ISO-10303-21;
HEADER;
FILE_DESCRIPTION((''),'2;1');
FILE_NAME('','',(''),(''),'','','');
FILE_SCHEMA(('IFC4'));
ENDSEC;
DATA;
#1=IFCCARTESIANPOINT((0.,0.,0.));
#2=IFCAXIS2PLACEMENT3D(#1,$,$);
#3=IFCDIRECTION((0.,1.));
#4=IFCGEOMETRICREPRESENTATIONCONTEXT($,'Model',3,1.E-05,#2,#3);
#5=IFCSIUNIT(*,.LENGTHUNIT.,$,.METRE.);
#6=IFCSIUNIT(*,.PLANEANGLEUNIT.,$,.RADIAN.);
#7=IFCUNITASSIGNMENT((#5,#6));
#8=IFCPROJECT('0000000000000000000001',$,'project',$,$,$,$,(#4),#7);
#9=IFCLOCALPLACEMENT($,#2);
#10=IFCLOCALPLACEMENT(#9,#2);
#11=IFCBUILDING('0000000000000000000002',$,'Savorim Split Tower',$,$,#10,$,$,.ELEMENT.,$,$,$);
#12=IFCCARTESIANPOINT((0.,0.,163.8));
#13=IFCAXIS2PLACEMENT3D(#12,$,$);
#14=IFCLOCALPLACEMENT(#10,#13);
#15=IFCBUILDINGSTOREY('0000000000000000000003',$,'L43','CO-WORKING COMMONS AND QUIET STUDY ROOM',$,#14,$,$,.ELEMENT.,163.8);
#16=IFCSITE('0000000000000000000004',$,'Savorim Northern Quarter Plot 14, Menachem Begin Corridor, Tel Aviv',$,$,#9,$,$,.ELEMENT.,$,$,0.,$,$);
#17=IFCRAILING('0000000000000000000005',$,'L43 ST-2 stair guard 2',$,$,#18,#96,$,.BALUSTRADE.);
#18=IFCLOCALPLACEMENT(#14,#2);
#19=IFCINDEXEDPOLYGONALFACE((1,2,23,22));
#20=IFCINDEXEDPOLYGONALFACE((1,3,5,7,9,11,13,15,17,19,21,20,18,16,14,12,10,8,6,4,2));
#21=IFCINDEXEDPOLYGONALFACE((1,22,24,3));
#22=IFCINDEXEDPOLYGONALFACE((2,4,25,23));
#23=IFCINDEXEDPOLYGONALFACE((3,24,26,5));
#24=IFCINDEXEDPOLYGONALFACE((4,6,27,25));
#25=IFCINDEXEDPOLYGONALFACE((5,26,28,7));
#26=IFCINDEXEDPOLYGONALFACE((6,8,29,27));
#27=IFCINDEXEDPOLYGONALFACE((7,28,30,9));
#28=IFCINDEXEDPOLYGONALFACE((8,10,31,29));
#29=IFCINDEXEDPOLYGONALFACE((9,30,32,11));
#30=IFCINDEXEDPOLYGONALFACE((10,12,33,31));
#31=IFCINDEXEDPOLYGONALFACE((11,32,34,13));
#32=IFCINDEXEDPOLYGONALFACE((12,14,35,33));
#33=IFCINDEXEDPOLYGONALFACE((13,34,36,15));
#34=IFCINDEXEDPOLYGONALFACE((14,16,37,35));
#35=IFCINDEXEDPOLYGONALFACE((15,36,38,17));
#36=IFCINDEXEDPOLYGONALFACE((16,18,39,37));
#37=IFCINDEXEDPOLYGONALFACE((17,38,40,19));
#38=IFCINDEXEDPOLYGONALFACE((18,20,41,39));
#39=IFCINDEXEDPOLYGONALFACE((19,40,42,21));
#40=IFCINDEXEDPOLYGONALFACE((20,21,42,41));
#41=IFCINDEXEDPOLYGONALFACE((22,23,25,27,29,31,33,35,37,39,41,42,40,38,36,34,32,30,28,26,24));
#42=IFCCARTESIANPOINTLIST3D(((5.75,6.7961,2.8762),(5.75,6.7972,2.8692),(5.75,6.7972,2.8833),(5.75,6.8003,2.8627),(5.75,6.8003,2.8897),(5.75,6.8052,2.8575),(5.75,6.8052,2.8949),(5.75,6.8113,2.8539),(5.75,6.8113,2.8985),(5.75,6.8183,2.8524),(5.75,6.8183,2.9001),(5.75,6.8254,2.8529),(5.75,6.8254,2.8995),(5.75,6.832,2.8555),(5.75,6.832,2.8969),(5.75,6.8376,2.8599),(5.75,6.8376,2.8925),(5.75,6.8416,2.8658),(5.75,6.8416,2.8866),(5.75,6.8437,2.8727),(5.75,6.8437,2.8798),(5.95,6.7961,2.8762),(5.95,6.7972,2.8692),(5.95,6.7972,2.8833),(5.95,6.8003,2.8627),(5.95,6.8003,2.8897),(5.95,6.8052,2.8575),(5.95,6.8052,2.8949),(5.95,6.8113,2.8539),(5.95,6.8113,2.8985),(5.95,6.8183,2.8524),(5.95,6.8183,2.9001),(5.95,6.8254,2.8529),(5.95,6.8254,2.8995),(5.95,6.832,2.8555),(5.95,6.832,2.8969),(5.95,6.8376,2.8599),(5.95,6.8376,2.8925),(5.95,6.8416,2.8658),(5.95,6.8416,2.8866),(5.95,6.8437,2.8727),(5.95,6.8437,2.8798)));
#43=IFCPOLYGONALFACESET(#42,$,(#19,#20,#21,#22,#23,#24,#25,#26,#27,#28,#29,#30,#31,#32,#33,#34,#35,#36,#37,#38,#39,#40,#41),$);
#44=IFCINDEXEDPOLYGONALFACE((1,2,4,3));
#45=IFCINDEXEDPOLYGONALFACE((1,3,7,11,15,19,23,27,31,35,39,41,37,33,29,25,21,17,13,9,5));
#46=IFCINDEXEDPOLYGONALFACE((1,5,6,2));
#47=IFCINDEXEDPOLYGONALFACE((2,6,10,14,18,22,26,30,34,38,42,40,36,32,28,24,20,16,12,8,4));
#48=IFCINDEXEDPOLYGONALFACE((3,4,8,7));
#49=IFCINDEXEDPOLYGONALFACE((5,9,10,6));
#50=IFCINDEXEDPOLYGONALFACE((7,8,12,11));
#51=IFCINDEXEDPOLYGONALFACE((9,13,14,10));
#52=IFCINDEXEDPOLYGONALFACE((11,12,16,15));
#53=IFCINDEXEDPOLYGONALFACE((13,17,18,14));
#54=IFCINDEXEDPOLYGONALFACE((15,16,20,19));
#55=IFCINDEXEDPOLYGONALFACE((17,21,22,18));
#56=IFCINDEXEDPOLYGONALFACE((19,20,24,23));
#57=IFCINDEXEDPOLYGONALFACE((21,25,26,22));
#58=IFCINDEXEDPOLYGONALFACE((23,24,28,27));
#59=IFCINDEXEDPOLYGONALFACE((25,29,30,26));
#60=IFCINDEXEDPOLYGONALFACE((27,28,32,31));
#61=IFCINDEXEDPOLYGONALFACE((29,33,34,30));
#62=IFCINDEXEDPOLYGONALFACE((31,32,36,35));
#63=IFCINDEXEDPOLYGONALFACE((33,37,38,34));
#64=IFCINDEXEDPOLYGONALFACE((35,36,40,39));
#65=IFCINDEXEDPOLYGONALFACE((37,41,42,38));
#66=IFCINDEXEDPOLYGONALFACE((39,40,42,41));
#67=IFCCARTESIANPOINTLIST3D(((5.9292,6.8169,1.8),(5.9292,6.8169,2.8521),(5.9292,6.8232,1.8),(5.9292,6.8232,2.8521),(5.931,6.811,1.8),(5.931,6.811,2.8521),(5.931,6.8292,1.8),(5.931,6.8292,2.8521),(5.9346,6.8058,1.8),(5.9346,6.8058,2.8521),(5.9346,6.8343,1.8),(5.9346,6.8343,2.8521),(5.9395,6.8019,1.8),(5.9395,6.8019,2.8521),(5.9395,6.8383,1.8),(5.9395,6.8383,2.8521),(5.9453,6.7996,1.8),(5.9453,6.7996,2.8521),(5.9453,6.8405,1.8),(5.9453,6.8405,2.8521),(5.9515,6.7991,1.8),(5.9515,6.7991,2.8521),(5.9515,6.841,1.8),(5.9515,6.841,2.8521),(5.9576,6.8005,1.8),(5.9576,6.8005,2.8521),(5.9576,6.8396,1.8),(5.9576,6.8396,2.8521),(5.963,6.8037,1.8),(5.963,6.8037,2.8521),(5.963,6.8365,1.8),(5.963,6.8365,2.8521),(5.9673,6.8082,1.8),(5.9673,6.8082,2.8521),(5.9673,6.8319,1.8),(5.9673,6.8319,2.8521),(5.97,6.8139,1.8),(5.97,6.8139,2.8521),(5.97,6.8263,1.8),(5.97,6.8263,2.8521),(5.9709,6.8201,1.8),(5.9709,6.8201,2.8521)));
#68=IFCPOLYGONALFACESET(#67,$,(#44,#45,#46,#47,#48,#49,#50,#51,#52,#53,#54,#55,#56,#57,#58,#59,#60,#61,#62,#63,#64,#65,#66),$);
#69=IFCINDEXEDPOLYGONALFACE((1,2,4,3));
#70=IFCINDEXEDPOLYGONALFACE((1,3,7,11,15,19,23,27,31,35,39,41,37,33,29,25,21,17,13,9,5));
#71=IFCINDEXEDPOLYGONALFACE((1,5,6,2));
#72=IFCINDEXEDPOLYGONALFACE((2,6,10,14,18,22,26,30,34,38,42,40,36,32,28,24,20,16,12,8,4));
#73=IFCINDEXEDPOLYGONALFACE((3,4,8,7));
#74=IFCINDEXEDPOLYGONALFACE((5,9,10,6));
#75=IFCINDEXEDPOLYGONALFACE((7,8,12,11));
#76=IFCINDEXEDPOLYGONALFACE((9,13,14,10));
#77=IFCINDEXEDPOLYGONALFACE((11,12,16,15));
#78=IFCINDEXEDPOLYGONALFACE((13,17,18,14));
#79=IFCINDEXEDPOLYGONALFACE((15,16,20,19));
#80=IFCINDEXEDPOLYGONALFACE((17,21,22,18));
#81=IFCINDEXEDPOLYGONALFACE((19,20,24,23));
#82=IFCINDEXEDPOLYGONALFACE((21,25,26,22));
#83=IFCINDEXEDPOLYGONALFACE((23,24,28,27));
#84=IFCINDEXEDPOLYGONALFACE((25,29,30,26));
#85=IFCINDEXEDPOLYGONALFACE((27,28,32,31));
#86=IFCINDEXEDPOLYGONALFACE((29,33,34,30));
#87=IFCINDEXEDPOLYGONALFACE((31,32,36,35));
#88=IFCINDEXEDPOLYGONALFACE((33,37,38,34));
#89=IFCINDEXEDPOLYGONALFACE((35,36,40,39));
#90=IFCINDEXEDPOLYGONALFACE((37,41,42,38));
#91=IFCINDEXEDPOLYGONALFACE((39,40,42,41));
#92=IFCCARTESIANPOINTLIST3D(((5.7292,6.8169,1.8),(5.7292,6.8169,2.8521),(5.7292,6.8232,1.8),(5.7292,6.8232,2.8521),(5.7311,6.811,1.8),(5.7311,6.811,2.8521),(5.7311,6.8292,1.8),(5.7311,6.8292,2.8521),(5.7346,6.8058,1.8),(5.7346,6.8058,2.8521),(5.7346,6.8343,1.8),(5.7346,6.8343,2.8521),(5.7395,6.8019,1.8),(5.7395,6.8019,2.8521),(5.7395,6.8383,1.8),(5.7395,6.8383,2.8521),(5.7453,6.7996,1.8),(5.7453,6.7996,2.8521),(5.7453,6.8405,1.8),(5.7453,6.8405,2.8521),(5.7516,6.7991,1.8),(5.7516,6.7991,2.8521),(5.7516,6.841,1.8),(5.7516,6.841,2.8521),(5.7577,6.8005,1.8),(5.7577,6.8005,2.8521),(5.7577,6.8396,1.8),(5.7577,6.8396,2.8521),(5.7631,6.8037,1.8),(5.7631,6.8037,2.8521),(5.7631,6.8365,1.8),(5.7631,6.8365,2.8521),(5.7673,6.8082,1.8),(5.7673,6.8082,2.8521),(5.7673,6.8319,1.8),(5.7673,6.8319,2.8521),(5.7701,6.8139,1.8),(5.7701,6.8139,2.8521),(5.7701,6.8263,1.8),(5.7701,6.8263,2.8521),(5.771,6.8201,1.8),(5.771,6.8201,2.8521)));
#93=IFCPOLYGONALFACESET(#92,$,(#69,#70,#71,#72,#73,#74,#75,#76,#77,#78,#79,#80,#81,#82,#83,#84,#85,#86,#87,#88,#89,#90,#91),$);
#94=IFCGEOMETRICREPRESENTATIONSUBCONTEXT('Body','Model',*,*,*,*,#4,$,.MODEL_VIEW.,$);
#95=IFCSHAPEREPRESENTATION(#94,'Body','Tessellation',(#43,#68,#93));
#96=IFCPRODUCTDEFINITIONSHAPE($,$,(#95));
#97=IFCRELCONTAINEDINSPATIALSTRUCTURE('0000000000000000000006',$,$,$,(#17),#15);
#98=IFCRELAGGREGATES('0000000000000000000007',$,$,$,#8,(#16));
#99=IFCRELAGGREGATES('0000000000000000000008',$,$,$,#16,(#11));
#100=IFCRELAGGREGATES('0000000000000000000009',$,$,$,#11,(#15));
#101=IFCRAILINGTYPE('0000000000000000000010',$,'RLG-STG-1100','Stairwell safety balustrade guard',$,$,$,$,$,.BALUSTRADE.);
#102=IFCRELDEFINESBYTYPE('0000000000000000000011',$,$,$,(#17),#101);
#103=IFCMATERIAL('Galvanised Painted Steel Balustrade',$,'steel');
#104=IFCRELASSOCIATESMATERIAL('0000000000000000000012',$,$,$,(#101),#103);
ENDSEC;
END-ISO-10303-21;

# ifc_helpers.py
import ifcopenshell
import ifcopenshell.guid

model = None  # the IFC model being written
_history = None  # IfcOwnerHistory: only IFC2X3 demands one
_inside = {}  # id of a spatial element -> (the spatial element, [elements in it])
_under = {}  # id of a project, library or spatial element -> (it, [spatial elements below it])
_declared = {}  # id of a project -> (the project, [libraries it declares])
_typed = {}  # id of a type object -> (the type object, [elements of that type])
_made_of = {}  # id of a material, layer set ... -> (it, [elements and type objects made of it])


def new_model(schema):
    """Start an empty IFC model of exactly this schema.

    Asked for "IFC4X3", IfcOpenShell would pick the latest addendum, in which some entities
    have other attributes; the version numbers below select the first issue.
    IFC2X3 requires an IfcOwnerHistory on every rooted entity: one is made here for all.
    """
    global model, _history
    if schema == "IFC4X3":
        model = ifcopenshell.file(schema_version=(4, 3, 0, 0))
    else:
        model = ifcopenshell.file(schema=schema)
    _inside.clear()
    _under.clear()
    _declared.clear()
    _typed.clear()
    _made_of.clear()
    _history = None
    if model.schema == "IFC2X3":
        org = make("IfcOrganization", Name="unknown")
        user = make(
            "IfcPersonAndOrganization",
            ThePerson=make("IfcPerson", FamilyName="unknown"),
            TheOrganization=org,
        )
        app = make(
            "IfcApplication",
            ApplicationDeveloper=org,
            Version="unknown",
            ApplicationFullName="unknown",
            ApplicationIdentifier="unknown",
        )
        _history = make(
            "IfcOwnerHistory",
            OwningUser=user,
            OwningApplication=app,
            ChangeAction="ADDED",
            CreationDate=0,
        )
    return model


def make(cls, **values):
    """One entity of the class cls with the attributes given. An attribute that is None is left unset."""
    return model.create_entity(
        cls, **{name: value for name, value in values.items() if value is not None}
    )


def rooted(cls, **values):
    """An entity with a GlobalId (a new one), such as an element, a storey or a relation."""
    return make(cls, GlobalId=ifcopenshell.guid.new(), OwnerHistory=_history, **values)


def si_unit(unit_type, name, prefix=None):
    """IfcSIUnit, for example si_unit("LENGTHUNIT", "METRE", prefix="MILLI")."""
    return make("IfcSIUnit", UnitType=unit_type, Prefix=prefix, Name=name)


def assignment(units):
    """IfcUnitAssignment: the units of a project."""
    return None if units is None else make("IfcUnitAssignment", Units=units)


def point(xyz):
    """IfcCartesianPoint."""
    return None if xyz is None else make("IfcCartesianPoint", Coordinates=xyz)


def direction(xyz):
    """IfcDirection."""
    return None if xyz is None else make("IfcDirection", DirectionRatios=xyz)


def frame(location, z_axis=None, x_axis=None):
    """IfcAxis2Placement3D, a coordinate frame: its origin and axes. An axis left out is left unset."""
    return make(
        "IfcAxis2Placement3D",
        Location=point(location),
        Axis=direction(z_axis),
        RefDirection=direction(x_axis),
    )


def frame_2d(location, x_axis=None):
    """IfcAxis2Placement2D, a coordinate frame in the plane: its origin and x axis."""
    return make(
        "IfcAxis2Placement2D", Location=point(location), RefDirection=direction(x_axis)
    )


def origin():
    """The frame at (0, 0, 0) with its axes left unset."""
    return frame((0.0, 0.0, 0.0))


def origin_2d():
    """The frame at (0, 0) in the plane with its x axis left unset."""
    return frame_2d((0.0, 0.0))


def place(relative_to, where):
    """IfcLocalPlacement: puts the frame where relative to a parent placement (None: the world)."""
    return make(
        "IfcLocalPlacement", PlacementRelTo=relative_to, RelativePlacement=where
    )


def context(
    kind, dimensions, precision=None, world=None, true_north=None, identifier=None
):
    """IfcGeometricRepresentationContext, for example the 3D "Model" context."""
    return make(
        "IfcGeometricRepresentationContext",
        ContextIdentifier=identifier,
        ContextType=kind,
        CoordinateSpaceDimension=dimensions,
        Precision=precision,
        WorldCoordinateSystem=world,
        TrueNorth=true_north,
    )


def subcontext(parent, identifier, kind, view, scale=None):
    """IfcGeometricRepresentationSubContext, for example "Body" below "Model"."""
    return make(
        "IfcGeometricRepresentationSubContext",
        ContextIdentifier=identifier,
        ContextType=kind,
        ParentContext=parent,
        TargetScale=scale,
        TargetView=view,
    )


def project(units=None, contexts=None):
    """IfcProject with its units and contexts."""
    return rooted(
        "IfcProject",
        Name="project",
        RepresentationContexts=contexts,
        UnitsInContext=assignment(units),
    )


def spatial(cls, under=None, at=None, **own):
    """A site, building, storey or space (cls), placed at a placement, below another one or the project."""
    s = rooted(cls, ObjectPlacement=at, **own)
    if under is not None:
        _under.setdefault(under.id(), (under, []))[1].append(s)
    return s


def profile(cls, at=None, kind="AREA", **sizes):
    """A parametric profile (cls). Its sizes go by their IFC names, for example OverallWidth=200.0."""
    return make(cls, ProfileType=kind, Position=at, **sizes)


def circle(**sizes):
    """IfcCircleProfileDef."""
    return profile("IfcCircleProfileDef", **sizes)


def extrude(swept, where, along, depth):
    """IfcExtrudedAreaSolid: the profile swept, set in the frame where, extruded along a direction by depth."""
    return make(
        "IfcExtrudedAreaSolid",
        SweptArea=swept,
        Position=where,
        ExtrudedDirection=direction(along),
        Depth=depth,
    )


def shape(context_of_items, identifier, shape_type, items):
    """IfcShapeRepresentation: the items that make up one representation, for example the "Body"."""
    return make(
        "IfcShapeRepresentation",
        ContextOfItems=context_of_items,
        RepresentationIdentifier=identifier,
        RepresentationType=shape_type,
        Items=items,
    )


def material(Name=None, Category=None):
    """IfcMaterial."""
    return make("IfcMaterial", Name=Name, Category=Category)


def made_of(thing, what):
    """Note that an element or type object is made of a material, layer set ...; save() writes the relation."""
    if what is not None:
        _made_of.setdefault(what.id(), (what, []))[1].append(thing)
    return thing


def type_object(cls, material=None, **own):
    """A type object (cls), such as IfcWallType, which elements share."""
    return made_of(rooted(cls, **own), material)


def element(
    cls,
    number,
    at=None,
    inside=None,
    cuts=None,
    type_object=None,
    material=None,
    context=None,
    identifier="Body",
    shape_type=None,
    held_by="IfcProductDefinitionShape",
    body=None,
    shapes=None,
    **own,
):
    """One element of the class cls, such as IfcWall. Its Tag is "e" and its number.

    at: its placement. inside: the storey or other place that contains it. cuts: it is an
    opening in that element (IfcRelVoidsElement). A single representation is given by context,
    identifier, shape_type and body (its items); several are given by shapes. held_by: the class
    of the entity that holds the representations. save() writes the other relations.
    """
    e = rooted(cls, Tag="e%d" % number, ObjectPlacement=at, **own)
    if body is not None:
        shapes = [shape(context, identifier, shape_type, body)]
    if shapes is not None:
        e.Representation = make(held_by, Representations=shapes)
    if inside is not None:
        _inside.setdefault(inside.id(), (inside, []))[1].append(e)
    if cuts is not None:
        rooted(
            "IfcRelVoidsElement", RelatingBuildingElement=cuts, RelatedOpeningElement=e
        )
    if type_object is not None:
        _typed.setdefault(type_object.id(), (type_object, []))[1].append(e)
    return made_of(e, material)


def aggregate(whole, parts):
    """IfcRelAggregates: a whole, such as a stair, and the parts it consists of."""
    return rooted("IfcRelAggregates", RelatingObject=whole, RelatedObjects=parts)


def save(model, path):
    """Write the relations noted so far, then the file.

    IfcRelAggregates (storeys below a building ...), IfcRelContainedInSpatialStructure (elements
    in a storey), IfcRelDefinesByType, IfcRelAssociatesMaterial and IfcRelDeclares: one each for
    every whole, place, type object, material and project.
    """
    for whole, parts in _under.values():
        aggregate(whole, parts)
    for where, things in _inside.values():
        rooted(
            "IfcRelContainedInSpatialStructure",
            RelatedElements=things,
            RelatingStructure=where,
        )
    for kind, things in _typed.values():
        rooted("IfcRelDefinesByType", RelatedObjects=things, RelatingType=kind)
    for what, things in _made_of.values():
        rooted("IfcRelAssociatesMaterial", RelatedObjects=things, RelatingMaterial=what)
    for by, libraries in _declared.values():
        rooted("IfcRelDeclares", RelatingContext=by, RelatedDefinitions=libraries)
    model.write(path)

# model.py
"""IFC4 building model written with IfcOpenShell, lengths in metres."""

from ifc_helpers import new_model, si_unit, direction, frame, origin, origin_2d, place, context, subcontext, project, spatial, circle, extrude, material, type_object, element, save


model = new_model("IFC4")

# Units and contexts
model_context = context("Model", 3, precision=1e-05, world=origin(), true_north=direction((0.0, 1.0)))
body_context = subcontext(model_context, "Body", "Model", "MODEL_VIEW")
ifc_project = project(units=[si_unit("LENGTHUNIT", "METRE"), si_unit("PLANEANGLEUNIT", "RADIAN")], contexts=[model_context])

# Site, building, storey
site_placement = place(None, origin())
site = spatial("IfcSite", under=ifc_project, at=site_placement, Name="Savorim Northern Quarter Plot 14, Menachem Begin Corridor, Tel Aviv", CompositionType="ELEMENT", RefElevation=0.0)
building_placement = place(site_placement, origin())
building = spatial("IfcBuilding", under=site, at=building_placement, Name="Savorim Split Tower", CompositionType="ELEMENT")
storey_placement = place(building_placement, frame((0.0, 0.0, 163.8)))
storey = spatial("IfcBuildingStorey", under=building, at=storey_placement, Name="L43", Description="CO-WORKING COMMONS AND QUIET STUDY ROOM", CompositionType="ELEMENT", Elevation=163.8)

# Railing
ifc_material_1 = material(Name="Galvanised Painted Steel Balustrade", Category="steel")
railing_type_1 = type_object("IfcRailingType", Name="RLG-STG-1100", Description="Stairwell safety balustrade guard", PredefinedType="BALUSTRADE", material=ifc_material_1)
railing_1_placement = place(storey_placement, frame((5.95, 6.8201, 1.8)))
element("IfcRailing", 1, at=railing_1_placement, inside=storey, type_object=railing_type_1, Name="L43 ST-2 stair guard 2", PredefinedType="BALUSTRADE", context=body_context, shape_type="SweptSolid", body=[
    extrude(circle(Radius=0.0239, at=origin_2d()), frame((0.0, 0.0, 1.0762), z_axis=(-1.0, 0.0, 0.0), x_axis=(0.0, -1.0, 0.0)), (0.0, 0.0, 1.0), 0.2),
    extrude(circle(Radius=0.021, at=origin_2d()), origin(), (0.0, 0.0, 1.0), 1.052),
    extrude(circle(Radius=0.021, at=origin_2d()), frame((-0.2, 0.0, 0.0)), (0.0, 0.0, 1.0), 1.052),
])

save(model, "model.ifc")
